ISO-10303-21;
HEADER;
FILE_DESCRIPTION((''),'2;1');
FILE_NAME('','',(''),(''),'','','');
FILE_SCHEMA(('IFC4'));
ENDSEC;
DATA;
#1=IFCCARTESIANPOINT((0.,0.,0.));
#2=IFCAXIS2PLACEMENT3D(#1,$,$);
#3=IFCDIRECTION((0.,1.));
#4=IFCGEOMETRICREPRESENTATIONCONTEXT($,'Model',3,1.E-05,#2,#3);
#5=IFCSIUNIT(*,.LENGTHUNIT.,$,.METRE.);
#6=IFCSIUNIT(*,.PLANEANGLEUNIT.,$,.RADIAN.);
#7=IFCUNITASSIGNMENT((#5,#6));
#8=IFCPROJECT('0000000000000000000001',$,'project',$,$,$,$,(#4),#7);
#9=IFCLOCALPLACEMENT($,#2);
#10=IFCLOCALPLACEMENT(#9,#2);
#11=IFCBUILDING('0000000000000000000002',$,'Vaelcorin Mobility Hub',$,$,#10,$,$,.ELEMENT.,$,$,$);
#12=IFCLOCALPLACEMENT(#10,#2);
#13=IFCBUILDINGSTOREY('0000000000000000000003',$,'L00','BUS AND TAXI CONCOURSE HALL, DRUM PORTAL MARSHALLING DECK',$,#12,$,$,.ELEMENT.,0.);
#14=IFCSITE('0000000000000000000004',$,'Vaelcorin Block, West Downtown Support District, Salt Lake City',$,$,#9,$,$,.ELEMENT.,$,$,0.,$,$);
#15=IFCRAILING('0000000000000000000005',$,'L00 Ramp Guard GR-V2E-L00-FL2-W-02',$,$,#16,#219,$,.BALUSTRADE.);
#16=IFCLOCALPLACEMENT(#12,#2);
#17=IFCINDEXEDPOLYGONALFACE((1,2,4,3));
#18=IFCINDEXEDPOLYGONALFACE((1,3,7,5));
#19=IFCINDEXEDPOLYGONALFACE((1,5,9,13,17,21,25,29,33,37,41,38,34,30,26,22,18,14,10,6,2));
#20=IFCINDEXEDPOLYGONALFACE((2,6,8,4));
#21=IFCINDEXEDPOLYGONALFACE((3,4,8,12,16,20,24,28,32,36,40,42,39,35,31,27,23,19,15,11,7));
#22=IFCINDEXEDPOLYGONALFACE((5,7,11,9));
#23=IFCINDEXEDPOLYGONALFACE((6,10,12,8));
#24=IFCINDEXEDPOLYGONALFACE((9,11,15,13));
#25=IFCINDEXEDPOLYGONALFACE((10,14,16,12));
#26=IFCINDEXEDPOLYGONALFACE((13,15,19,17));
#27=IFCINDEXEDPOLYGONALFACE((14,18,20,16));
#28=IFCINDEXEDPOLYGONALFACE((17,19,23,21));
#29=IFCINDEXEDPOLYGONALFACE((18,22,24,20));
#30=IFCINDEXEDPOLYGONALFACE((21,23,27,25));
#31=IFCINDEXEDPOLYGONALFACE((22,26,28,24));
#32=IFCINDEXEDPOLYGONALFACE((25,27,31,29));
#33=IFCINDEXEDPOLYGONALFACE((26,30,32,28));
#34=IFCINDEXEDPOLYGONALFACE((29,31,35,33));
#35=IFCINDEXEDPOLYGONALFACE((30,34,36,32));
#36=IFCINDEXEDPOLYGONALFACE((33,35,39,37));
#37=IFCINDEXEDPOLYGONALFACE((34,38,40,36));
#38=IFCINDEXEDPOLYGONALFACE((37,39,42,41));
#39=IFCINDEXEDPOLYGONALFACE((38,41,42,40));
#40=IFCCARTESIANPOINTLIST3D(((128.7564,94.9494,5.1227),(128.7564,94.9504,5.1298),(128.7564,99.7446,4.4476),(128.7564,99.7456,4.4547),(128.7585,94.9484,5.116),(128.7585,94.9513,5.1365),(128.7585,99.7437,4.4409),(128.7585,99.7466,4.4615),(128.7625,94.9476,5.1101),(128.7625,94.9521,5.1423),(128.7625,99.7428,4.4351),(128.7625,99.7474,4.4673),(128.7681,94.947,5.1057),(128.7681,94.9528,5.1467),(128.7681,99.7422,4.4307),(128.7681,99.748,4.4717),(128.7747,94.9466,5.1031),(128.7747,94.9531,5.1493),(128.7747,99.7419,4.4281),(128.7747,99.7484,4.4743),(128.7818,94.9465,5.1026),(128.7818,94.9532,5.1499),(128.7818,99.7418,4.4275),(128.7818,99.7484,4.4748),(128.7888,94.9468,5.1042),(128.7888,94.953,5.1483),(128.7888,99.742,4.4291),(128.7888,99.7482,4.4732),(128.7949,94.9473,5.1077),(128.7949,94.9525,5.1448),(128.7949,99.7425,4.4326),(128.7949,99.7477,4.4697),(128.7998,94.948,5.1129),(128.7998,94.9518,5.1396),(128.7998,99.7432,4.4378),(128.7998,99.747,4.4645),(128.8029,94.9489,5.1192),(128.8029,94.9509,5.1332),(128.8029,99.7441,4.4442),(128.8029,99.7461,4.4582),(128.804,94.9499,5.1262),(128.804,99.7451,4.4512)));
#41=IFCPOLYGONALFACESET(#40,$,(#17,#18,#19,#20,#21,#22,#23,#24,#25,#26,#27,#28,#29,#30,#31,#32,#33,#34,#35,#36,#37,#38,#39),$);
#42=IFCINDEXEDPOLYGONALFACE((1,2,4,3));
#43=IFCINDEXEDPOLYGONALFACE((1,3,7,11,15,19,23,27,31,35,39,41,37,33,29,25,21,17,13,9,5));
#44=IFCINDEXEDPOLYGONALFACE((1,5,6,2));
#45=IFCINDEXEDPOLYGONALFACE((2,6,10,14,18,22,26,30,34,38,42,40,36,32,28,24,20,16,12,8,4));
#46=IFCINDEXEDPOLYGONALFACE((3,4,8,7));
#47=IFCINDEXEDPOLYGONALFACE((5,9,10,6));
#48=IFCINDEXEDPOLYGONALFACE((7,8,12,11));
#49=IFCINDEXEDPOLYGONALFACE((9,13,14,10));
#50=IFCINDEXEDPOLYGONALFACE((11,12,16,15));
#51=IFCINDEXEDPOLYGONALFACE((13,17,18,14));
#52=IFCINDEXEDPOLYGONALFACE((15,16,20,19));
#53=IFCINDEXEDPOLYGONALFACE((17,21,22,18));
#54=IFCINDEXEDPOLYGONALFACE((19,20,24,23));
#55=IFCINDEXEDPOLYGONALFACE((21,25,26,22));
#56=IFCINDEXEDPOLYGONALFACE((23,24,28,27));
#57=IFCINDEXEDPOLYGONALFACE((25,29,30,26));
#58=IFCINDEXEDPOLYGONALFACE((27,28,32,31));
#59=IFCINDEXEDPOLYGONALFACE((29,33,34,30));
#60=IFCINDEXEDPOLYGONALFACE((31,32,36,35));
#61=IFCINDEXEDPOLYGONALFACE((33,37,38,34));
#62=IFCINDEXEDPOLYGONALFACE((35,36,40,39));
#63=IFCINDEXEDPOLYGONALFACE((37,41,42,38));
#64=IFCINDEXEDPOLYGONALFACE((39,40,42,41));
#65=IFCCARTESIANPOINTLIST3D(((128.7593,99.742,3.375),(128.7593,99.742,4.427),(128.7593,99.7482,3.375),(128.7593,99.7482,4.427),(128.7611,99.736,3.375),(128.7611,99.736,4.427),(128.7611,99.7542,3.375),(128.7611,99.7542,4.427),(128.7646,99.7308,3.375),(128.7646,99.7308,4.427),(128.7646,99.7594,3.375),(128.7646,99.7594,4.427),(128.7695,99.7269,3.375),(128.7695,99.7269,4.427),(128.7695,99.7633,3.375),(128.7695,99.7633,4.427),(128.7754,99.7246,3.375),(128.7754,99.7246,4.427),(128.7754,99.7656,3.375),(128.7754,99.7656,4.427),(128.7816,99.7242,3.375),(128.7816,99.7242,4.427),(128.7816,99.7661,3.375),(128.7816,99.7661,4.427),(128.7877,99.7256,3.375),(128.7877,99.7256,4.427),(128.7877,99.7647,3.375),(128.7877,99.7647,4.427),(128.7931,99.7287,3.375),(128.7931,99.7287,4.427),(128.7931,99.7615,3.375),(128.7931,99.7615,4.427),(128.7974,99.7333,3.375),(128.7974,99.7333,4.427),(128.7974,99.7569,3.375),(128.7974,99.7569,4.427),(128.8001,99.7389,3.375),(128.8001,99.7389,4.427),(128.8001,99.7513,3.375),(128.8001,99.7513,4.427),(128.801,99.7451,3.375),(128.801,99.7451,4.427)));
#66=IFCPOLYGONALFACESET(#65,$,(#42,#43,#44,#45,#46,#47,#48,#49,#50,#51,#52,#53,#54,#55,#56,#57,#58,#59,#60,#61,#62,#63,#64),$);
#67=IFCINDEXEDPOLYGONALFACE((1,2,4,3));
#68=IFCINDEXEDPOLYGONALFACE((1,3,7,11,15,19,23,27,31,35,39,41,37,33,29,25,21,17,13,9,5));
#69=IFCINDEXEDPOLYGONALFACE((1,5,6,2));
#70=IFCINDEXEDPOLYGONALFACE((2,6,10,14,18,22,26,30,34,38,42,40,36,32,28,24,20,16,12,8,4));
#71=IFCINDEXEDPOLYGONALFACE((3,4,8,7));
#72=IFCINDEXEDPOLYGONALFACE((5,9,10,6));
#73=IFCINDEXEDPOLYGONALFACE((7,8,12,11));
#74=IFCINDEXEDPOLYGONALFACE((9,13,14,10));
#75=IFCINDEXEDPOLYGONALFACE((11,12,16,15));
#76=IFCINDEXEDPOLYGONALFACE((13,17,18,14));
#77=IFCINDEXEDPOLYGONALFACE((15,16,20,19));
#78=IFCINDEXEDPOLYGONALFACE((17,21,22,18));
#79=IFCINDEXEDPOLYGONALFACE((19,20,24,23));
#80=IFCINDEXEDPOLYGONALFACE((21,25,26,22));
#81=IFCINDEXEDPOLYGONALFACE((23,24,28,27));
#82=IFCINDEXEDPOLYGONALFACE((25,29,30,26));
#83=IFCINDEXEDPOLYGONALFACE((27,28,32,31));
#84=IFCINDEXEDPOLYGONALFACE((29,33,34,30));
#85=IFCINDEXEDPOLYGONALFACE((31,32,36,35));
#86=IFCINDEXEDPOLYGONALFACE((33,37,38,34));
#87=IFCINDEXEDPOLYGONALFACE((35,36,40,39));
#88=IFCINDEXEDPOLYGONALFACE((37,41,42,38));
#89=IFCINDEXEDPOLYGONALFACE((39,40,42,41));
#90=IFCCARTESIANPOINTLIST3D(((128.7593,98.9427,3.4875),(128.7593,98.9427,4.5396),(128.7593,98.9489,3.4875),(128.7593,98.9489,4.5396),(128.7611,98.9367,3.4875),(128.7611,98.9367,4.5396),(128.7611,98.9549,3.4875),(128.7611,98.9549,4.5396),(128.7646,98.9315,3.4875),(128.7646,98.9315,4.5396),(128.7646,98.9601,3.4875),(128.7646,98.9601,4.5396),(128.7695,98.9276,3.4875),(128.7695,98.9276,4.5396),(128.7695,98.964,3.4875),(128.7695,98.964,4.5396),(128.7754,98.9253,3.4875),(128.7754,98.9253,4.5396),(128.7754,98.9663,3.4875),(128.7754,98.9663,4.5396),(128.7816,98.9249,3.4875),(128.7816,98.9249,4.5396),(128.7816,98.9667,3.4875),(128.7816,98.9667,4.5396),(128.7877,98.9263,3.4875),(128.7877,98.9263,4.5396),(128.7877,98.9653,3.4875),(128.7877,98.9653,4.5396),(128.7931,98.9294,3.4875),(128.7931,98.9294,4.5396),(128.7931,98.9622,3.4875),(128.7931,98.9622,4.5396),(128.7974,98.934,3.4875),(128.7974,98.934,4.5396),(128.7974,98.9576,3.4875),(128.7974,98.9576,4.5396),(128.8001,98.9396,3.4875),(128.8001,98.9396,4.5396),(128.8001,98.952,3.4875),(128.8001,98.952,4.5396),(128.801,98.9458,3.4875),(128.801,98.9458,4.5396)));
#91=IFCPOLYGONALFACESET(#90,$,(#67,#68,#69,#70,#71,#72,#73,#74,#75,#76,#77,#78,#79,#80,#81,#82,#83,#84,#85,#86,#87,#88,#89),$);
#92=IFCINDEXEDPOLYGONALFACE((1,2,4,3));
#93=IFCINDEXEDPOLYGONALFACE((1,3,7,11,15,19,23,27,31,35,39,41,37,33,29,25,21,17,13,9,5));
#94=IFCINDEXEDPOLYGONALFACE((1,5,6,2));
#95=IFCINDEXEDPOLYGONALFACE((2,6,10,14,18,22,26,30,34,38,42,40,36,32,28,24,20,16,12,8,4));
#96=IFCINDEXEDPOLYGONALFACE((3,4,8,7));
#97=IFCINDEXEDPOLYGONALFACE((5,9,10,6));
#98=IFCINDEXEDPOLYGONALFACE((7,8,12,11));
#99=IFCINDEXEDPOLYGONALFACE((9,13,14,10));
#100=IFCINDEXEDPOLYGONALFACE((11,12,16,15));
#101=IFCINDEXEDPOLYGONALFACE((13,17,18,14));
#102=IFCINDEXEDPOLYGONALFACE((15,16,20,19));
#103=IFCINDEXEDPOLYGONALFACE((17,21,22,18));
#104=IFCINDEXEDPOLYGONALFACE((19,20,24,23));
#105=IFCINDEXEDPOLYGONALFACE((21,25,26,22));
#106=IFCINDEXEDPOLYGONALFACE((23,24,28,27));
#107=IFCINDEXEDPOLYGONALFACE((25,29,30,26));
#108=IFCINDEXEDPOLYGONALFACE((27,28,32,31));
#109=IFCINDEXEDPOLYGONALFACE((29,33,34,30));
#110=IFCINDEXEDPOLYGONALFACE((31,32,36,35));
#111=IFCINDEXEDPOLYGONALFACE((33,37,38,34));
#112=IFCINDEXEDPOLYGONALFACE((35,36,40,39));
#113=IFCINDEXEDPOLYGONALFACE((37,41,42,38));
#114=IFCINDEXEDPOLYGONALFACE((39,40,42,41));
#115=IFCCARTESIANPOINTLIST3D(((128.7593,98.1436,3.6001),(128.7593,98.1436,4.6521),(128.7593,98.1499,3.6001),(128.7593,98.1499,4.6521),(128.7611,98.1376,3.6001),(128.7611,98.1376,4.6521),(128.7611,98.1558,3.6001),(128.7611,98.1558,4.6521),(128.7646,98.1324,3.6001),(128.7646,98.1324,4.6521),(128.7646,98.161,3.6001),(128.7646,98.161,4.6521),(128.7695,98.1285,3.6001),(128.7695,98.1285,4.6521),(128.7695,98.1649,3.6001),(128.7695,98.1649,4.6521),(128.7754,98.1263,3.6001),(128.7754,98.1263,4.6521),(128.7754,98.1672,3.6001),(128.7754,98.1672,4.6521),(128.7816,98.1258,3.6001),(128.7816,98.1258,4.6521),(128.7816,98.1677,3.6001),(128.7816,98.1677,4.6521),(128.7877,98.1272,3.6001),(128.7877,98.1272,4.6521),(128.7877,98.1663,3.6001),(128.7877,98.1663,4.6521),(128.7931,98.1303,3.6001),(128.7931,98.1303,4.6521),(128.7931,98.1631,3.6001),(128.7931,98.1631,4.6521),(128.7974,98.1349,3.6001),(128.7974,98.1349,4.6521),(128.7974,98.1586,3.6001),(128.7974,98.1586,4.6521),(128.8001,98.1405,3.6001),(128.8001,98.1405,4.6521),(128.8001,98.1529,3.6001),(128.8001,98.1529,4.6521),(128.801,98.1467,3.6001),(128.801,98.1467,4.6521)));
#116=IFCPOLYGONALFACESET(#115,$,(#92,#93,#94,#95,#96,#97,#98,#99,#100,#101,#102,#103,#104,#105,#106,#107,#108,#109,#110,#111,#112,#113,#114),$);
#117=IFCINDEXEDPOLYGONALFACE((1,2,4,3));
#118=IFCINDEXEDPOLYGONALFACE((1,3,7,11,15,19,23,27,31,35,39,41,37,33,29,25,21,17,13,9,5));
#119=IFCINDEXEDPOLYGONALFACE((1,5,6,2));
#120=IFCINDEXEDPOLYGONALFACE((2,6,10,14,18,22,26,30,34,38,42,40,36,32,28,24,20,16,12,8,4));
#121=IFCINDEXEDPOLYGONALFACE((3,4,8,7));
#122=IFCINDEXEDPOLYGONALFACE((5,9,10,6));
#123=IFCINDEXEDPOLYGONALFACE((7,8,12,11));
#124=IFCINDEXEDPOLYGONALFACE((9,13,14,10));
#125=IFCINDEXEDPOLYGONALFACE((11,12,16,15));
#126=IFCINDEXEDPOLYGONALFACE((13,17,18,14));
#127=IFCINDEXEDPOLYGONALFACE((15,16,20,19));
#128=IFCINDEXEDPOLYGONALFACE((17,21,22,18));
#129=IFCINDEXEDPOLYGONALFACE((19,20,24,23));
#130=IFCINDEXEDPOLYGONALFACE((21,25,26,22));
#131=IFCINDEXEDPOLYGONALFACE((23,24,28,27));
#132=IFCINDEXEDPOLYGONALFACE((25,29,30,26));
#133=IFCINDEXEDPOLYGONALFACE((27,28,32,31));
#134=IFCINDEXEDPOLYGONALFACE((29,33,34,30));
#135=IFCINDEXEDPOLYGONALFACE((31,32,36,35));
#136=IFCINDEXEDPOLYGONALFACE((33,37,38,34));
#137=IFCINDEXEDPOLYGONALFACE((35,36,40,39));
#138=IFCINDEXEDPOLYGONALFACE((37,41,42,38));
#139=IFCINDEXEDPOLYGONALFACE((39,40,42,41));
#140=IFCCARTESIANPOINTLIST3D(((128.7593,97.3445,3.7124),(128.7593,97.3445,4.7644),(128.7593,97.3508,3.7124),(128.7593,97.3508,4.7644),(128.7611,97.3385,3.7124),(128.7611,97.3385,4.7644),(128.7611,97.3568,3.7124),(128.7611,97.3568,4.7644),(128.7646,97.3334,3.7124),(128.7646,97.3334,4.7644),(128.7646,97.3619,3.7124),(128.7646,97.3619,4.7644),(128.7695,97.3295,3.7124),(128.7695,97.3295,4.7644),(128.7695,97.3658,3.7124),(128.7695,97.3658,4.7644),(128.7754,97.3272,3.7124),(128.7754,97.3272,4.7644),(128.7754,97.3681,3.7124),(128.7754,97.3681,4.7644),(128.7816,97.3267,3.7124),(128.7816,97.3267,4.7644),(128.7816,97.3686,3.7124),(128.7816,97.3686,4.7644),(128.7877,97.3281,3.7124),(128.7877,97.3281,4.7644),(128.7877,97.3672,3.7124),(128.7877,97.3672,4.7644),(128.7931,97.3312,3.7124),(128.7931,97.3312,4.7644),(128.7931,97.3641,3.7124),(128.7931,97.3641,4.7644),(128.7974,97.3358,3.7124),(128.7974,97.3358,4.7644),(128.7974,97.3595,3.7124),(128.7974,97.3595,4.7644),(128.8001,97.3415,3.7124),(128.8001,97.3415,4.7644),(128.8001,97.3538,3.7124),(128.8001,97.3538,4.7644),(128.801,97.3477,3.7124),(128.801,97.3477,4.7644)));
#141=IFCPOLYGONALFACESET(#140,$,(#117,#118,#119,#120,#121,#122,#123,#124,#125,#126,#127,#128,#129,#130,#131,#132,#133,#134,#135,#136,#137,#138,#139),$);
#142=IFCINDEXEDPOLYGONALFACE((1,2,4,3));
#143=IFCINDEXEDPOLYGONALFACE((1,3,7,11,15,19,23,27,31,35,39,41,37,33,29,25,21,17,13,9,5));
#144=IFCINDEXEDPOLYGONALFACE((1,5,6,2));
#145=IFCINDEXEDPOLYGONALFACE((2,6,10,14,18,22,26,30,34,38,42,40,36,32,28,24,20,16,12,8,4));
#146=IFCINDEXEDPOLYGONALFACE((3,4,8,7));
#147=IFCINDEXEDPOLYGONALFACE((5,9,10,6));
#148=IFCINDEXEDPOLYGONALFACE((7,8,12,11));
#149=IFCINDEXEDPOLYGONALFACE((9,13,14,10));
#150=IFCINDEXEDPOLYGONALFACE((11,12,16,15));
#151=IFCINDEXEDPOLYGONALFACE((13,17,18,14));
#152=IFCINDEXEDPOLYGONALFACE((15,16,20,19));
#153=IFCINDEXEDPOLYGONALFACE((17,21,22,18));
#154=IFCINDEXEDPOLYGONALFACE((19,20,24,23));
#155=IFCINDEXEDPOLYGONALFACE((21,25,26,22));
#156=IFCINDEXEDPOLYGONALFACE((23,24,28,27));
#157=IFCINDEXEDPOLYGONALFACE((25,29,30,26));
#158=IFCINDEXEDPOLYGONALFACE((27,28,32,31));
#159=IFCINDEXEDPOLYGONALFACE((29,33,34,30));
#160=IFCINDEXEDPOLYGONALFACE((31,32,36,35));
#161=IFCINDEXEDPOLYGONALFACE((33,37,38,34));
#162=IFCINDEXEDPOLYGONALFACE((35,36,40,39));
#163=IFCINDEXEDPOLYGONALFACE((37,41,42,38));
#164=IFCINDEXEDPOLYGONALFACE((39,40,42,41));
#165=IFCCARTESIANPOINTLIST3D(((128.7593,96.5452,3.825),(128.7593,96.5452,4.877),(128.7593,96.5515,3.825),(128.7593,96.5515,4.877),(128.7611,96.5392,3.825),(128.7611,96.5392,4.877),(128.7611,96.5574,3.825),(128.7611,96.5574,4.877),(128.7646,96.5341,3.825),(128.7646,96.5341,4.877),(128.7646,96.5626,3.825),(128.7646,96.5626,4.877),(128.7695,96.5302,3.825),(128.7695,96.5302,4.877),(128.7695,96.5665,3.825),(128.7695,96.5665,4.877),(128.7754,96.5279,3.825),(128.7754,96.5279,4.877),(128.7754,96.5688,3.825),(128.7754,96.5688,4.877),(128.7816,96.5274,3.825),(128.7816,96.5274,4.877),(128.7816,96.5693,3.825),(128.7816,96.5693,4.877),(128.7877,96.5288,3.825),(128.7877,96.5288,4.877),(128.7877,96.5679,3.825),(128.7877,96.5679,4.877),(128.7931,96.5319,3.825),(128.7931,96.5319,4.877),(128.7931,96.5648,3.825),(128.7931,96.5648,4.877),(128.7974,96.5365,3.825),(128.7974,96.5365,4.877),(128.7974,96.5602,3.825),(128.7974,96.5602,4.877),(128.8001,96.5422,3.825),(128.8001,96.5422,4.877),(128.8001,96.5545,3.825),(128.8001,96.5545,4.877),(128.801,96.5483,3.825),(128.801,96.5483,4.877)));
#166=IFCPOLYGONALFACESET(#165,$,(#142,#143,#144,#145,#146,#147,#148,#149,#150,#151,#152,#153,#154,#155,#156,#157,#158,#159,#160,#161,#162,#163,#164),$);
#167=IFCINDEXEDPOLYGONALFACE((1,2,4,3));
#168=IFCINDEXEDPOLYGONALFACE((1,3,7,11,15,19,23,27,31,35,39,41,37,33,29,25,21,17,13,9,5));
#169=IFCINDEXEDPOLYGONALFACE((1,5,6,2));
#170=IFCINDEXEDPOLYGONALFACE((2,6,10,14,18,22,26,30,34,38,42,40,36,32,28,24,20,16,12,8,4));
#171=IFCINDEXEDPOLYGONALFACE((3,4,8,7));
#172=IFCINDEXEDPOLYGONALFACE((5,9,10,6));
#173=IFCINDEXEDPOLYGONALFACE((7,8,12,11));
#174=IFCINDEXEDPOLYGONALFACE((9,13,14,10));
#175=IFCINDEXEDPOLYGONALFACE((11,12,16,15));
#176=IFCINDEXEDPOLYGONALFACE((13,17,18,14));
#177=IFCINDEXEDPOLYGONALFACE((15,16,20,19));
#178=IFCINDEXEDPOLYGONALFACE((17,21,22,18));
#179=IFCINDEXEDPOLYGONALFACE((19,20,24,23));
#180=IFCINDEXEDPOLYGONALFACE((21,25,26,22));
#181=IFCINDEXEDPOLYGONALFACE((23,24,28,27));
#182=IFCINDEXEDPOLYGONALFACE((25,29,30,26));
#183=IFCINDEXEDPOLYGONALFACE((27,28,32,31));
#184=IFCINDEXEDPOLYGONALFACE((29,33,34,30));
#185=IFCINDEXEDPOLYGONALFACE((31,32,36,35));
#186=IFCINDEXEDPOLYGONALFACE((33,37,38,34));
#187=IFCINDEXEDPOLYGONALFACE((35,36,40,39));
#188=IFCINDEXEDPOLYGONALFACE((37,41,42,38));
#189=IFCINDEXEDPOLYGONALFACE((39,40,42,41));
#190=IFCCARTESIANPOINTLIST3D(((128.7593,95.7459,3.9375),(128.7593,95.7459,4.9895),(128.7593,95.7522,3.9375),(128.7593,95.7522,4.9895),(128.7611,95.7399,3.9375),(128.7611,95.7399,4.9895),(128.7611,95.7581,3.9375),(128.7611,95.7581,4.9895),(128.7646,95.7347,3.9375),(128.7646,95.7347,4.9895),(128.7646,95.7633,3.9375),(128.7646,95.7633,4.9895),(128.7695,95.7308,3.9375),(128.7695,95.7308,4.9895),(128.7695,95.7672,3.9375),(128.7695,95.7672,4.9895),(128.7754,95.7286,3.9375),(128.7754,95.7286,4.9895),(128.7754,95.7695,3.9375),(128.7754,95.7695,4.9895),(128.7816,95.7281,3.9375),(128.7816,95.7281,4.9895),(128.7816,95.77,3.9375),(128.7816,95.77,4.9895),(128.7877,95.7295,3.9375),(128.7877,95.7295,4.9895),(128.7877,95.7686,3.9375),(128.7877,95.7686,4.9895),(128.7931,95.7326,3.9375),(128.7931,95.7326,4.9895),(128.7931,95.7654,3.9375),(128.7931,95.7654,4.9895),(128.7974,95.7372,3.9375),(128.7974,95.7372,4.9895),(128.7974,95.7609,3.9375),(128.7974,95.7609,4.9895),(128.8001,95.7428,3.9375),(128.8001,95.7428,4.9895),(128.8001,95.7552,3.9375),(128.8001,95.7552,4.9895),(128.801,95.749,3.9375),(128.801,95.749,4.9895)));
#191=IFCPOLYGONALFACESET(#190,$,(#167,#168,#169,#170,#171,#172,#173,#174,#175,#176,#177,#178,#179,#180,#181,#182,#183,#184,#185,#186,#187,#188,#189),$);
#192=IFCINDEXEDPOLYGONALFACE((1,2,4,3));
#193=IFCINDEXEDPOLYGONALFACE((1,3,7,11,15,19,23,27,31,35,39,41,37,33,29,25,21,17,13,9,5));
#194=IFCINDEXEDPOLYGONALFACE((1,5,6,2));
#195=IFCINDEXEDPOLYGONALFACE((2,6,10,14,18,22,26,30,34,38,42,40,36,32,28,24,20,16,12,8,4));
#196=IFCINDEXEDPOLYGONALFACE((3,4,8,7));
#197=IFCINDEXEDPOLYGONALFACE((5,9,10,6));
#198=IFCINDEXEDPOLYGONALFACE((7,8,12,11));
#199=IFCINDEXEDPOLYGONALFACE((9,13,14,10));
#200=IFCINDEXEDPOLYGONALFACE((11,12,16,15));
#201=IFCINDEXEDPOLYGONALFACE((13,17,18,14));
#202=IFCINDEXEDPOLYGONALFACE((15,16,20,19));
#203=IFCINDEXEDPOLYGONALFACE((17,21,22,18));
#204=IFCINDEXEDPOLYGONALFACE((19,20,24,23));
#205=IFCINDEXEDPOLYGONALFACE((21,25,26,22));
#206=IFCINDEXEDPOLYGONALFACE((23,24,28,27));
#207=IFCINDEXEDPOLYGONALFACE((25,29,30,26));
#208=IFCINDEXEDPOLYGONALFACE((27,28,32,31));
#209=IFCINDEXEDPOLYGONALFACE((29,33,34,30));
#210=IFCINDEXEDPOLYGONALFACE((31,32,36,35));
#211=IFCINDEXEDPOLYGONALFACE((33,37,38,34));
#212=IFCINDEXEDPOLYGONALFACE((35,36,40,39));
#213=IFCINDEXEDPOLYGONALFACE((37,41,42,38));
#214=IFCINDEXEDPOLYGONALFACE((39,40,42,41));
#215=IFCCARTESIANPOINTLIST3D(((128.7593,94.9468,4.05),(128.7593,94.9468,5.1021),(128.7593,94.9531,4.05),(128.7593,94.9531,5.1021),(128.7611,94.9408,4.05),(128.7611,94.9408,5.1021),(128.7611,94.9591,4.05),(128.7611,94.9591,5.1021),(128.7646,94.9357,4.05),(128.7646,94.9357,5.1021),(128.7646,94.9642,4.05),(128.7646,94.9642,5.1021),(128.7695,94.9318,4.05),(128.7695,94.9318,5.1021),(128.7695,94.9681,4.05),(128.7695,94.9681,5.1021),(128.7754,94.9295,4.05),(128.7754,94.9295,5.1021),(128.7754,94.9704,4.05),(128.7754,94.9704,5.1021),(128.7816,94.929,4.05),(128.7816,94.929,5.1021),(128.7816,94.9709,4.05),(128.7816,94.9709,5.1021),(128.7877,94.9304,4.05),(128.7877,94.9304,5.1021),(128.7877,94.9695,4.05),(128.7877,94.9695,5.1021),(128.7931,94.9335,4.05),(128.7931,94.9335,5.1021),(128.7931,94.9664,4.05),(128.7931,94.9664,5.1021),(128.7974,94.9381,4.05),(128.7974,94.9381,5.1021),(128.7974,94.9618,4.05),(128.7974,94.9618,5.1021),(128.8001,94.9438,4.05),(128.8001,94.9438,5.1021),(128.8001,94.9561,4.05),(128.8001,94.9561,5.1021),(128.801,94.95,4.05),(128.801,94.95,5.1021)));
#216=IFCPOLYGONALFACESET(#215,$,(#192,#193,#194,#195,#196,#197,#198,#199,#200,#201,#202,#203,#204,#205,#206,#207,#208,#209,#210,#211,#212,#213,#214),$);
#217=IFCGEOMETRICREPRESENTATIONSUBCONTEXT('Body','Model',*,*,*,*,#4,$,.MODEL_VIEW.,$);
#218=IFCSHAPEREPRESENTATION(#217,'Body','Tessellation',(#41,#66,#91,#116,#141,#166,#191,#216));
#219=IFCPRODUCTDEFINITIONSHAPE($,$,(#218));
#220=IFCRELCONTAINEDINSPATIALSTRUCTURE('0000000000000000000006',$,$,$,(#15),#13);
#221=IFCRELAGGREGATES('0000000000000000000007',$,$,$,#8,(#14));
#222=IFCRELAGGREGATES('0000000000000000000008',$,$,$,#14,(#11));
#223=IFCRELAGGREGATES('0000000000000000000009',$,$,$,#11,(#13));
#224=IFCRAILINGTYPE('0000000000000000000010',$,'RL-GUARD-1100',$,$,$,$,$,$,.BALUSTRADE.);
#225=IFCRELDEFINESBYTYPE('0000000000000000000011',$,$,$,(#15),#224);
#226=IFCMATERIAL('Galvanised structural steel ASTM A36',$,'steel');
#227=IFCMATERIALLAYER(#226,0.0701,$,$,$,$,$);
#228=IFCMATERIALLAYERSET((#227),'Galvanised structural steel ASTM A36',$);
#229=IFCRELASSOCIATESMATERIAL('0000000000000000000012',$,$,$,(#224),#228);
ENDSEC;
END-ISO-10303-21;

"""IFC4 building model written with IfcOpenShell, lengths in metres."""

from ifc_helpers import new_model, si_unit, direction, frame, origin, origin_2d, place, context, subcontext, project, spatial, circle, extrude, material, layer, layer_set, type_object, element, save


model = new_model("IFC4")

# Units and contexts
model_context = context("Model", 3, precision=1e-05, world=origin(), true_north=direction((0.0, 1.0)))
body_context = subcontext(model_context, "Body", "Model", "MODEL_VIEW")
ifc_project = project(units=[si_unit("LENGTHUNIT", "METRE"), si_unit("PLANEANGLEUNIT", "RADIAN")], contexts=[model_context])

# Site, building, storey
site_placement = place(None, origin())
site = spatial("IfcSite", under=ifc_project, at=site_placement, Name="Vaelcorin Block, West Downtown Support District, Salt Lake City", CompositionType="ELEMENT", RefElevation=0.0)
building_placement = place(site_placement, origin())
building = spatial("IfcBuilding", under=site, at=building_placement, Name="Vaelcorin Mobility Hub", CompositionType="ELEMENT")
storey_placement = place(building_placement, origin())
storey = spatial("IfcBuildingStorey", under=building, at=storey_placement, Name="L00", Description="BUS AND TAXI CONCOURSE HALL, DRUM PORTAL MARSHALLING DECK", CompositionType="ELEMENT", Elevation=0.0)

# Railing
ifc_material_1 = material(Name="Galvanised structural steel ASTM A36", Category="steel")
ifc_layer_1 = layer(ifc_material_1, 0.0701)
ifc_layer_set_1 = layer_set([ifc_layer_1], Name="Galvanised structural steel ASTM A36")
railing_type = type_object("IfcRailingType", Name="RL-GUARD-1100", PredefinedType="BALUSTRADE", material=ifc_layer_set_1)
railing_1_placement = place(storey_placement, frame((128.78, 99.7451, 3.375)))
element("IfcRailing", 1, at=railing_1_placement, inside=storey, type_object=railing_type, Name="L00 Ramp Guard GR-V2E-L00-FL2-W-02", PredefinedType="BALUSTRADE", context=body_context, shape_type="SweptSolid", body=[
    extrude(circle(Radius=0.0239, at=origin_2d()), frame((0.0, 0.0, 1.0762), z_axis=(0.0, -0.990236, 0.139402), x_axis=(1.0, 0.0, 0.0)), (0.0, 0.0, 1.0), 4.8425),
    extrude(circle(Radius=0.021, at=origin_2d()), origin(), (0.0, 0.0, 1.0), 1.052),
    extrude(circle(Radius=0.021, at=origin_2d()), frame((0.0, -0.7993, 0.1125)), (0.0, 0.0, 1.0), 1.052),
    extrude(circle(Radius=0.021, at=origin_2d()), frame((0.0, -1.5984, 0.2251)), (0.0, 0.0, 1.0), 1.052),
    extrude(circle(Radius=0.021, at=origin_2d()), frame((0.0, -2.3975, 0.3374)), (0.0, 0.0, 1.0), 1.052),
    extrude(circle(Radius=0.021, at=origin_2d()), frame((0.0, -3.1968, 0.45)), (0.0, 0.0, 1.0), 1.052),
    extrude(circle(Radius=0.021, at=origin_2d()), frame((0.0, -3.9961, 0.5625)), (0.0, 0.0, 1.0), 1.052),
    extrude(circle(Radius=0.021, at=origin_2d()), frame((0.0, -4.7952, 0.675)), (0.0, 0.0, 1.0), 1.052),
])

save(model, "model.ifc")
